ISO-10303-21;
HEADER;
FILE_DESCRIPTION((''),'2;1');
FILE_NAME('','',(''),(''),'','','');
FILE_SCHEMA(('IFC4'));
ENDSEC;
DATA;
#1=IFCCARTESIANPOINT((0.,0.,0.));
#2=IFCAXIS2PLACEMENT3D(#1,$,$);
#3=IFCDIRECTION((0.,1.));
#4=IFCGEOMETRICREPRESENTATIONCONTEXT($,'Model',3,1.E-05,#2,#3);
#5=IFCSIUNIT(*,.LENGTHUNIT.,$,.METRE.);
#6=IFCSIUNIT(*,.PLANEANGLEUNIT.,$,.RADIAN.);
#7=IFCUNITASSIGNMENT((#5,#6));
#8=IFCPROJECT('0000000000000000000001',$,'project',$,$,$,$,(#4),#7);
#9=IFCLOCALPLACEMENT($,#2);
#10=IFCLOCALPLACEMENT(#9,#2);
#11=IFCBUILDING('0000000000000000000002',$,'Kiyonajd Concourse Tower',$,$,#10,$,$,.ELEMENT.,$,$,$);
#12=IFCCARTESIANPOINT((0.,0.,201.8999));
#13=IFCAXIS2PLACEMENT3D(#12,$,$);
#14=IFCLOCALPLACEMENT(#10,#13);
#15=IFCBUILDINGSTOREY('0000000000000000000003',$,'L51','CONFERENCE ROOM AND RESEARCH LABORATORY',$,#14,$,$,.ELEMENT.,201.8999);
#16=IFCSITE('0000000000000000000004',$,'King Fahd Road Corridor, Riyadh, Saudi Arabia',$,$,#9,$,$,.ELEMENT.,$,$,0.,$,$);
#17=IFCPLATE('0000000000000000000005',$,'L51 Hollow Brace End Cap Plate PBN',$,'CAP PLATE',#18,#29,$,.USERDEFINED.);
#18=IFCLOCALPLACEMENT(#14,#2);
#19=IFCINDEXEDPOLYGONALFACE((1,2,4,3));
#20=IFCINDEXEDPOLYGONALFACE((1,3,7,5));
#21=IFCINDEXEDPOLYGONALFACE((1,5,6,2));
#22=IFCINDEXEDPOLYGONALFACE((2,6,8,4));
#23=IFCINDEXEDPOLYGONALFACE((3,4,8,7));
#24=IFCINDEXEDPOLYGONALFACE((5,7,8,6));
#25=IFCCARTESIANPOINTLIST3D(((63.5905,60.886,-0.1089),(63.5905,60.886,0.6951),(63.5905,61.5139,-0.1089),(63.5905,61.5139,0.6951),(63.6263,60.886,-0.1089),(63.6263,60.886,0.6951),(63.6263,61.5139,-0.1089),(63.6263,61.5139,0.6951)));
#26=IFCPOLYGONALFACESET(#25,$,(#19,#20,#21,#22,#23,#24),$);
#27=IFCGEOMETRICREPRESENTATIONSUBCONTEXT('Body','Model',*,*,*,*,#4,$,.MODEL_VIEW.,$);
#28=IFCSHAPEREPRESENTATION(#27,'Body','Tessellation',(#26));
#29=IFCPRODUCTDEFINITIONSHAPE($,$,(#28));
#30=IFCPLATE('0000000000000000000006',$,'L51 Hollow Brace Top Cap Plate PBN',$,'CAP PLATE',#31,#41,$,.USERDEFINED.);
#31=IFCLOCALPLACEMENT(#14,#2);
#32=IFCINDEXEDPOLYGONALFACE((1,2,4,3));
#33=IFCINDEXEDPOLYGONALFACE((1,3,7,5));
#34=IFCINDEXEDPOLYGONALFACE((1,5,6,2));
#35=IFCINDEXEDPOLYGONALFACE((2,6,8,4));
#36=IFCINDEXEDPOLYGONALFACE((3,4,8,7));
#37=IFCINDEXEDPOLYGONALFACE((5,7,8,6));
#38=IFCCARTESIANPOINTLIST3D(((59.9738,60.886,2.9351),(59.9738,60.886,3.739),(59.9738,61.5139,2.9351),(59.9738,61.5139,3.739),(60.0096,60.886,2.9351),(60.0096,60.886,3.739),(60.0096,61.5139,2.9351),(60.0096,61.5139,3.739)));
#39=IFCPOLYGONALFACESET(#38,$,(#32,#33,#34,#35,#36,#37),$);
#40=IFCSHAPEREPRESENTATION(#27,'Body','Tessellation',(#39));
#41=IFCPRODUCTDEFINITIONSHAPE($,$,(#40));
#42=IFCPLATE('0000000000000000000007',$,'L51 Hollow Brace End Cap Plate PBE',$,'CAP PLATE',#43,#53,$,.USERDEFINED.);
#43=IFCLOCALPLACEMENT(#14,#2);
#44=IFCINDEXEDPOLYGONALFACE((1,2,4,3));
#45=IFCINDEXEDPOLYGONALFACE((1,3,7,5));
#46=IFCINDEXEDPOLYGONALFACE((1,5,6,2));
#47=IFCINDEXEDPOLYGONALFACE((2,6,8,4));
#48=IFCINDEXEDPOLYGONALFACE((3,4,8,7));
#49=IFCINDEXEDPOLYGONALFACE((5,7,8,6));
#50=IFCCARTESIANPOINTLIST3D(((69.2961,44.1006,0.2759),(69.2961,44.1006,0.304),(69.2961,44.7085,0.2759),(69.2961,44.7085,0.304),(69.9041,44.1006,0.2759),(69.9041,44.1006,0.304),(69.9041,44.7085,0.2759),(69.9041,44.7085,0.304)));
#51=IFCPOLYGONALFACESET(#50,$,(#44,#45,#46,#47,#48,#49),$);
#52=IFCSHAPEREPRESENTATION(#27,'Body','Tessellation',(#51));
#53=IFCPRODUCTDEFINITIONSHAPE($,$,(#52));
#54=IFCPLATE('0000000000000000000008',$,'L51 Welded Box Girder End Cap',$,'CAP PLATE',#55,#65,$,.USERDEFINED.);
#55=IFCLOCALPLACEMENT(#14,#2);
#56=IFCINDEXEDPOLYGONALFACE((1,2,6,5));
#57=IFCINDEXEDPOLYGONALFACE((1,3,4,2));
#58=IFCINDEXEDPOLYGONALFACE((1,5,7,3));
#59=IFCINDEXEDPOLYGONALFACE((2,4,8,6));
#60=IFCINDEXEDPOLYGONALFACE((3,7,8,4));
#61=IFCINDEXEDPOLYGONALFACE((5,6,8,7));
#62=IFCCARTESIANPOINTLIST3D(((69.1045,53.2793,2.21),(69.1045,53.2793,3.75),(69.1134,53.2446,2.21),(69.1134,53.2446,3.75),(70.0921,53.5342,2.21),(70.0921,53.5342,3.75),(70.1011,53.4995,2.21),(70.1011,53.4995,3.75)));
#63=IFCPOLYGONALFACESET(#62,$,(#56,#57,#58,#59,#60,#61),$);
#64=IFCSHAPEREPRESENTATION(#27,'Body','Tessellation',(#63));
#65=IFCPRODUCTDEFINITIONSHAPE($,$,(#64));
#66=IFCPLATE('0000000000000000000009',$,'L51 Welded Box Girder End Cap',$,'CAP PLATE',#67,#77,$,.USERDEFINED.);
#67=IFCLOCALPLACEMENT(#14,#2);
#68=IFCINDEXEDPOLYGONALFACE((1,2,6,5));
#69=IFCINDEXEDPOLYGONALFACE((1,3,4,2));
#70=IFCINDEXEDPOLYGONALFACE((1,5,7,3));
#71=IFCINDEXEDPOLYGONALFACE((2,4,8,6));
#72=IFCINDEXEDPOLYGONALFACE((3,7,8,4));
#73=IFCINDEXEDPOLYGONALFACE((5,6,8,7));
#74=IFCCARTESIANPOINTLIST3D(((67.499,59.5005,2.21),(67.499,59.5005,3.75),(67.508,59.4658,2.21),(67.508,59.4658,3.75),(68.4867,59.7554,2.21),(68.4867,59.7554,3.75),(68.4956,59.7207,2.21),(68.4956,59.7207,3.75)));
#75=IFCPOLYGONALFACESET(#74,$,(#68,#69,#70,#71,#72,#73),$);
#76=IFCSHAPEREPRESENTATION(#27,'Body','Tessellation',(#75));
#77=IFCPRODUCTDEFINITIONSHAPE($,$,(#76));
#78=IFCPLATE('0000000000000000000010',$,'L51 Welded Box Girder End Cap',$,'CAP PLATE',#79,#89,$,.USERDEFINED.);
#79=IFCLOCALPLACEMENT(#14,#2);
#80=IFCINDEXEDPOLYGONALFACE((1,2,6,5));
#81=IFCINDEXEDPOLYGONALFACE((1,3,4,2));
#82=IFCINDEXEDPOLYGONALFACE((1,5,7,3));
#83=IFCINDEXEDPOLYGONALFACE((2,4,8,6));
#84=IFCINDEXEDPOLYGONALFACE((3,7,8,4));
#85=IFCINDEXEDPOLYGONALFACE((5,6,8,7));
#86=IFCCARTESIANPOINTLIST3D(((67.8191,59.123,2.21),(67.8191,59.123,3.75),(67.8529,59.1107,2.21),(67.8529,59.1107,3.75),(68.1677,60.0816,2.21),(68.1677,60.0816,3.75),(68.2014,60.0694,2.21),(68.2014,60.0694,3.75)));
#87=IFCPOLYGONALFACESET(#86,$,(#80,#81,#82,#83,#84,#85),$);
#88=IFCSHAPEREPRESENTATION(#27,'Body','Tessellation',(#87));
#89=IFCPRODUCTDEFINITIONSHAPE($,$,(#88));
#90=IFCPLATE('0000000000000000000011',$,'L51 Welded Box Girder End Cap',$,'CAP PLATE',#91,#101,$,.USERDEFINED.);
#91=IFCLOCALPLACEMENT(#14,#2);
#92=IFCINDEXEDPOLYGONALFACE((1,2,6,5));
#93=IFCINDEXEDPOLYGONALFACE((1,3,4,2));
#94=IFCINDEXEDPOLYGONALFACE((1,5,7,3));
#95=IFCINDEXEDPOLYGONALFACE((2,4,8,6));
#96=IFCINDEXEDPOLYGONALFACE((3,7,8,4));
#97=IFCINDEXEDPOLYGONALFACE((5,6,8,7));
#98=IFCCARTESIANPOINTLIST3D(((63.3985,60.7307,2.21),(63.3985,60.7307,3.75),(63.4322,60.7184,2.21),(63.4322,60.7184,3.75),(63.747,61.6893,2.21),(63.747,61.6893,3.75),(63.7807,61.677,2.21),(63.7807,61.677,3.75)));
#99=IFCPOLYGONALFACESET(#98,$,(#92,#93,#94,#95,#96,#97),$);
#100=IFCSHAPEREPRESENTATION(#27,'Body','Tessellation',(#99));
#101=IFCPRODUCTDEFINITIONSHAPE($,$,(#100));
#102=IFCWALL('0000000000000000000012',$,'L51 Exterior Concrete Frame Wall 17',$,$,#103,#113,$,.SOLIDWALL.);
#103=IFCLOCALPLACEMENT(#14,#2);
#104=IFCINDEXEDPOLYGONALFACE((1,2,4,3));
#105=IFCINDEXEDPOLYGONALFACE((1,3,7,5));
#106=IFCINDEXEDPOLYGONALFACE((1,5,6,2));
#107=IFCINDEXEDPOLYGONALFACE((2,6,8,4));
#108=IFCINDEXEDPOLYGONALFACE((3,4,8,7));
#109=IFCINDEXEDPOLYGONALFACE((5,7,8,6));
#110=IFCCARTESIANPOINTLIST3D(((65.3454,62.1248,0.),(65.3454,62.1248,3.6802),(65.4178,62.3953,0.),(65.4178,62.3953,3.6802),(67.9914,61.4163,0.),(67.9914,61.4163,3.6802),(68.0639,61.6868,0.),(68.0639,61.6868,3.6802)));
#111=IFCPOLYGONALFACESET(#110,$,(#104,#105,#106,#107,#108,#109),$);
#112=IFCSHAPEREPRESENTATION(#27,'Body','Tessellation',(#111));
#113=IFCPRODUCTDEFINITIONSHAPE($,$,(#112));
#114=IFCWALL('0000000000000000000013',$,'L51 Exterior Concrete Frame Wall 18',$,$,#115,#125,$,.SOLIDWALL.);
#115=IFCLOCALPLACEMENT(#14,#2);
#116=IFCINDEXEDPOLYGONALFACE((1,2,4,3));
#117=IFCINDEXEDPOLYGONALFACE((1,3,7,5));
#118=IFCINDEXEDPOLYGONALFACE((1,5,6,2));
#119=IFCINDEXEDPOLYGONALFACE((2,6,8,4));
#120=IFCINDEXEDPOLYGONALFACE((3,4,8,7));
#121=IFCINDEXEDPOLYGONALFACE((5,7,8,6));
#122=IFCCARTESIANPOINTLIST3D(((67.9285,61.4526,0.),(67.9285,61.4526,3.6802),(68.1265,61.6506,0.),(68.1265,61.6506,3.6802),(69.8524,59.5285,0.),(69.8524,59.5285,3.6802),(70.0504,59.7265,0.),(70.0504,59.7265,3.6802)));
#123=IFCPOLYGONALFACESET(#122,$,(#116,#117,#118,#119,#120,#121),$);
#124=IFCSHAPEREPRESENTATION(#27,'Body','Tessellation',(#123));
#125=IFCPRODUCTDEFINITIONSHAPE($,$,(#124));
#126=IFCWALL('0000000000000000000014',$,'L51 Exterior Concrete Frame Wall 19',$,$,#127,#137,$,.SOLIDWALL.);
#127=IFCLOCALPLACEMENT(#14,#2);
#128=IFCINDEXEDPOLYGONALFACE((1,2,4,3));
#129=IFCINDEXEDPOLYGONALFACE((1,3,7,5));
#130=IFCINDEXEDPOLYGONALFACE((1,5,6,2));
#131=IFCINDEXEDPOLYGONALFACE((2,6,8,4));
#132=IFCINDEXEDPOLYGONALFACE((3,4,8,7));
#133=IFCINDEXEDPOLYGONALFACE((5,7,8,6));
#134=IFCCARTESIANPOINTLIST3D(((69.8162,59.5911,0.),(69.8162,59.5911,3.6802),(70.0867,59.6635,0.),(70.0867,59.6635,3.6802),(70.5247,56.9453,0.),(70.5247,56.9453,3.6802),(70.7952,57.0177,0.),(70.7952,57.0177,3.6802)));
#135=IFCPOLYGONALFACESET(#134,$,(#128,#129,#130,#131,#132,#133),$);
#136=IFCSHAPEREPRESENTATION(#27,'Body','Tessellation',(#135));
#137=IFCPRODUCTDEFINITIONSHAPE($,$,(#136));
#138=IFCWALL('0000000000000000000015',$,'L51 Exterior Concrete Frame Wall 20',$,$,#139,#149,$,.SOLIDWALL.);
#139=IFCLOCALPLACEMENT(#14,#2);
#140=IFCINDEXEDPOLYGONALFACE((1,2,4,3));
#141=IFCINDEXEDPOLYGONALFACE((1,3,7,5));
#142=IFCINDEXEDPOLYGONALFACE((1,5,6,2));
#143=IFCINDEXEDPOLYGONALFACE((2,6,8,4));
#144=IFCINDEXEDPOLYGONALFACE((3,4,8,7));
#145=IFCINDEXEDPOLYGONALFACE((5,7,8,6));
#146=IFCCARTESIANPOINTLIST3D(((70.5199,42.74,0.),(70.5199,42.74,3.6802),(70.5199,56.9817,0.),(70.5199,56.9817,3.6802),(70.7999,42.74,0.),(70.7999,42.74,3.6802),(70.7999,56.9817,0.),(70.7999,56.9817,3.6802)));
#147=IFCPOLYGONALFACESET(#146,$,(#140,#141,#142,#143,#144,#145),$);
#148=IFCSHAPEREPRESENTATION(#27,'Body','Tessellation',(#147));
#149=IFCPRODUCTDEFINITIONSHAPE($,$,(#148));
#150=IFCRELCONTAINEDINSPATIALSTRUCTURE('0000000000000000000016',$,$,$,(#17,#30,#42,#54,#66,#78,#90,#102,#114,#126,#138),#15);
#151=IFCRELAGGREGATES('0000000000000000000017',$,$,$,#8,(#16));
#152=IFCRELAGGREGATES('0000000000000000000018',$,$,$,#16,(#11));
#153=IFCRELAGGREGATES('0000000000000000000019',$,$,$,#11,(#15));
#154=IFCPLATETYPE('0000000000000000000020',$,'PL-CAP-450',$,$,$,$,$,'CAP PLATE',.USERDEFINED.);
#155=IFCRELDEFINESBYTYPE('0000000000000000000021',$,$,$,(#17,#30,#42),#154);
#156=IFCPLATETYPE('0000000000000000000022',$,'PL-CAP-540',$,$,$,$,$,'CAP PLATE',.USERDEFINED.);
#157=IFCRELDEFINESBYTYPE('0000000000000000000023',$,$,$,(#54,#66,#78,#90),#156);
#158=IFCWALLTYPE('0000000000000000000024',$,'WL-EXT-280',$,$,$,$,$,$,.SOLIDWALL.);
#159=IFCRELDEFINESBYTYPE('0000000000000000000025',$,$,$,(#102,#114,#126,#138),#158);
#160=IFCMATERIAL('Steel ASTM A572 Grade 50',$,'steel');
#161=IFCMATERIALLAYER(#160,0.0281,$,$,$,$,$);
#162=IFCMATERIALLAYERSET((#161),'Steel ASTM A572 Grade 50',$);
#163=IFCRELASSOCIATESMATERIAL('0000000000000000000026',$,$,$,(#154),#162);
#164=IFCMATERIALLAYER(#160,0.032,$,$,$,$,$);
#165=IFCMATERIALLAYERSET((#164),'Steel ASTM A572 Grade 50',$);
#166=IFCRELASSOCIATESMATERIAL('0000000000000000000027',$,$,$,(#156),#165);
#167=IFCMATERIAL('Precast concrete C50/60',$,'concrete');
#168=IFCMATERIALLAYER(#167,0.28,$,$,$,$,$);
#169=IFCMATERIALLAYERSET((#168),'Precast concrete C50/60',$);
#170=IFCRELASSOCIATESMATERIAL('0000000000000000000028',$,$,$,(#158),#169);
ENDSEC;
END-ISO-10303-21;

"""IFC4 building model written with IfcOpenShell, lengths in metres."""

from ifc_helpers import new_model, si_unit, direction, frame, frame_2d, origin, origin_2d, place, context, subcontext, project, spatial, rectangle, extrude, material, layer, layer_set, type_object, element, save


model = new_model("IFC4")

# Units and contexts
model_context = context("Model", 3, precision=1e-05, world=origin(), true_north=direction((0.0, 1.0)))
body_context = subcontext(model_context, "Body", "Model", "MODEL_VIEW")
ifc_project = project(units=[si_unit("LENGTHUNIT", "METRE"), si_unit("PLANEANGLEUNIT", "RADIAN")], contexts=[model_context])

# Site, building, storey
site_placement = place(None, origin())
site = spatial("IfcSite", under=ifc_project, at=site_placement, Name="King Fahd Road Corridor, Riyadh, Saudi Arabia", CompositionType="ELEMENT", RefElevation=0.0)
building_placement = place(site_placement, origin())
building = spatial("IfcBuilding", under=site, at=building_placement, Name="Kiyonajd Concourse Tower", CompositionType="ELEMENT")
storey_placement = place(building_placement, frame((0.0, 0.0, 201.8999)))
storey = spatial("IfcBuildingStorey", under=building, at=storey_placement, Name="L51", Description="CONFERENCE ROOM AND RESEARCH LABORATORY", CompositionType="ELEMENT", Elevation=201.8999)

# Shared definitions
ifc_material_1 = material(Name="Steel ASTM A572 Grade 50", Category="steel")

# Plates
ifc_layer_1 = layer(ifc_material_1, 0.0281)
ifc_layer_set_1 = layer_set([ifc_layer_1], Name="Steel ASTM A572 Grade 50")
plate_type_1 = type_object("IfcPlateType", Name="PL-CAP-450", ElementType="CAP PLATE", PredefinedType="USERDEFINED", material=ifc_layer_set_1)
for number, where, z_axis, x_axis, name in (
    (1, (63.6084, 61.2, -0.1089), (0.0, 0.0, 1.0), (1.0, 0.0, 0.0), "L51 Hollow Brace End Cap Plate PBN"),
    (2, (59.9917, 61.2, 2.9351), (0.0, 0.0, 1.0), (-1.0, 0.0, 0.0), "L51 Hollow Brace Top Cap Plate PBN"),
):
    element("IfcPlate", number, at=place(storey_placement, frame(where, z_axis=z_axis, x_axis=x_axis)), inside=storey, type_object=plate_type_1, Name=name, ObjectType="CAP PLATE", PredefinedType="USERDEFINED", context=body_context, shape_type="SweptSolid", body=[
        extrude(rectangle(XDim=0.0359, YDim=0.6279, at=origin_2d()), origin(), (0.0, 0.0, 1.0), 0.804),
    ])
plate_placement = place(storey_placement, frame((69.6001, 44.4045, 0.2759), z_axis=(0.0, 0.0, 1.0), x_axis=(1.0, 0.0, 0.0)))
element("IfcPlate", 3, at=plate_placement, inside=storey, type_object=plate_type_1, Name="L51 Hollow Brace End Cap Plate PBE", ObjectType="CAP PLATE", PredefinedType="USERDEFINED", context=body_context, shape_type="SweptSolid", body=[
    extrude(rectangle(XDim=0.6079, YDim=0.6079, at=origin_2d()), origin(), (0.0, 0.0, 1.0), 0.0281),
])
ifc_layer_2 = layer(ifc_material_1, 0.032)
ifc_layer_set_2 = layer_set([ifc_layer_2], Name="Steel ASTM A572 Grade 50")
plate_type_2 = type_object("IfcPlateType", Name="PL-CAP-540", ElementType="CAP PLATE", PredefinedType="USERDEFINED", material=ifc_layer_set_2)
for number, where, z_axis, x_axis, name in (
    (4, (69.6028, 53.3894, 2.21), (0.0, 0.0, 1.0), (0.249873, -0.968279, 0.0), "L51 Welded Box Girder End Cap"),
    (5, (67.9973, 59.6106, 2.21), (0.0, 0.0, 1.0), (-0.249873, 0.968279, 0.0), "L51 Welded Box Girder End Cap"),
    (6, (68.0103, 59.5962, 2.21), (0.0, 0.0, 1.0), (0.939812, -0.341692, 0.0), "L51 Welded Box Girder End Cap"),
    (7, (63.5896, 61.2039, 2.21), (0.0, 0.0, 1.0), (-0.939812, 0.341692, 0.0), "L51 Welded Box Girder End Cap"),
):
    element("IfcPlate", number, at=place(storey_placement, frame(where, z_axis=z_axis, x_axis=x_axis)), inside=storey, type_object=plate_type_2, Name=name, ObjectType="CAP PLATE", PredefinedType="USERDEFINED", context=body_context, shape_type="SweptSolid", body=[
        extrude(rectangle(XDim=0.0359, YDim=1.02, at=origin_2d()), origin(), (0.0, 0.0, 1.0), 1.54),
    ])

# Walls
ifc_material_2 = material(Name="Precast concrete C50/60", Category="concrete")
ifc_layer_3 = layer(ifc_material_2, 0.28)
ifc_layer_set_3 = layer_set([ifc_layer_3], Name="Precast concrete C50/60")
wall_type = type_object("IfcWallType", Name="WL-EXT-280", PredefinedType="SOLIDWALL", material=ifc_layer_set_3)
wall_1_placement = place(storey_placement, frame((65.3816, 62.26, 0.0), z_axis=(0.0, 0.0, 1.0), x_axis=(0.965971, -0.25865, 0.0)))
element("IfcWall", 8, at=wall_1_placement, inside=storey, type_object=wall_type, Name="L51 Exterior Concrete Frame Wall 17", PredefinedType="SOLIDWALL", context=body_context, shape_type="SweptSolid", body=[
    extrude(rectangle(XDim=2.7393, YDim=0.28, at=frame_2d((1.3696, 0.0))), origin(), (0.0, 0.0, 1.0), 3.6802),
])
wall_2_placement = place(storey_placement, frame((68.0276, 61.5515, 0.0), z_axis=(0.0, 0.0, 1.0), x_axis=(0.707062, -0.707152, 0.0)))
element("IfcWall", 9, at=wall_2_placement, inside=storey, type_object=wall_type, Name="L51 Exterior Concrete Frame Wall 18", PredefinedType="SOLIDWALL", context=body_context, shape_type="SweptSolid", body=[
    extrude(rectangle(XDim=2.7209, YDim=0.28, at=frame_2d((1.3604, 0.0))), origin(), (0.0, 0.0, 1.0), 3.6802),
])
wall_3_placement = place(storey_placement, frame((69.9514, 59.6274, 0.0), z_axis=(0.0, 0.0, 1.0), x_axis=(0.258672, -0.965965, 0.0)))
element("IfcWall", 10, at=wall_3_placement, inside=storey, type_object=wall_type, Name="L51 Exterior Concrete Frame Wall 19", PredefinedType="SOLIDWALL", context=body_context, shape_type="SweptSolid", body=[
    extrude(rectangle(XDim=2.739, YDim=0.28, at=frame_2d((1.3696, 0.0))), origin(), (0.0, 0.0, 1.0), 3.6802),
])
wall_4_placement = place(storey_placement, frame((70.6599, 56.9817, 0.0), z_axis=(0.0, 0.0, 1.0), x_axis=(0.0, -1.0, 0.0)))
element("IfcWall", 11, at=wall_4_placement, inside=storey, type_object=wall_type, Name="L51 Exterior Concrete Frame Wall 20", PredefinedType="SOLIDWALL", context=body_context, shape_type="SweptSolid", body=[
    extrude(rectangle(XDim=14.2417, YDim=0.28, at=frame_2d((7.1208, 0.0))), origin(), (0.0, 0.0, 1.0), 3.6802),
])

save(model, "model.ifc")
